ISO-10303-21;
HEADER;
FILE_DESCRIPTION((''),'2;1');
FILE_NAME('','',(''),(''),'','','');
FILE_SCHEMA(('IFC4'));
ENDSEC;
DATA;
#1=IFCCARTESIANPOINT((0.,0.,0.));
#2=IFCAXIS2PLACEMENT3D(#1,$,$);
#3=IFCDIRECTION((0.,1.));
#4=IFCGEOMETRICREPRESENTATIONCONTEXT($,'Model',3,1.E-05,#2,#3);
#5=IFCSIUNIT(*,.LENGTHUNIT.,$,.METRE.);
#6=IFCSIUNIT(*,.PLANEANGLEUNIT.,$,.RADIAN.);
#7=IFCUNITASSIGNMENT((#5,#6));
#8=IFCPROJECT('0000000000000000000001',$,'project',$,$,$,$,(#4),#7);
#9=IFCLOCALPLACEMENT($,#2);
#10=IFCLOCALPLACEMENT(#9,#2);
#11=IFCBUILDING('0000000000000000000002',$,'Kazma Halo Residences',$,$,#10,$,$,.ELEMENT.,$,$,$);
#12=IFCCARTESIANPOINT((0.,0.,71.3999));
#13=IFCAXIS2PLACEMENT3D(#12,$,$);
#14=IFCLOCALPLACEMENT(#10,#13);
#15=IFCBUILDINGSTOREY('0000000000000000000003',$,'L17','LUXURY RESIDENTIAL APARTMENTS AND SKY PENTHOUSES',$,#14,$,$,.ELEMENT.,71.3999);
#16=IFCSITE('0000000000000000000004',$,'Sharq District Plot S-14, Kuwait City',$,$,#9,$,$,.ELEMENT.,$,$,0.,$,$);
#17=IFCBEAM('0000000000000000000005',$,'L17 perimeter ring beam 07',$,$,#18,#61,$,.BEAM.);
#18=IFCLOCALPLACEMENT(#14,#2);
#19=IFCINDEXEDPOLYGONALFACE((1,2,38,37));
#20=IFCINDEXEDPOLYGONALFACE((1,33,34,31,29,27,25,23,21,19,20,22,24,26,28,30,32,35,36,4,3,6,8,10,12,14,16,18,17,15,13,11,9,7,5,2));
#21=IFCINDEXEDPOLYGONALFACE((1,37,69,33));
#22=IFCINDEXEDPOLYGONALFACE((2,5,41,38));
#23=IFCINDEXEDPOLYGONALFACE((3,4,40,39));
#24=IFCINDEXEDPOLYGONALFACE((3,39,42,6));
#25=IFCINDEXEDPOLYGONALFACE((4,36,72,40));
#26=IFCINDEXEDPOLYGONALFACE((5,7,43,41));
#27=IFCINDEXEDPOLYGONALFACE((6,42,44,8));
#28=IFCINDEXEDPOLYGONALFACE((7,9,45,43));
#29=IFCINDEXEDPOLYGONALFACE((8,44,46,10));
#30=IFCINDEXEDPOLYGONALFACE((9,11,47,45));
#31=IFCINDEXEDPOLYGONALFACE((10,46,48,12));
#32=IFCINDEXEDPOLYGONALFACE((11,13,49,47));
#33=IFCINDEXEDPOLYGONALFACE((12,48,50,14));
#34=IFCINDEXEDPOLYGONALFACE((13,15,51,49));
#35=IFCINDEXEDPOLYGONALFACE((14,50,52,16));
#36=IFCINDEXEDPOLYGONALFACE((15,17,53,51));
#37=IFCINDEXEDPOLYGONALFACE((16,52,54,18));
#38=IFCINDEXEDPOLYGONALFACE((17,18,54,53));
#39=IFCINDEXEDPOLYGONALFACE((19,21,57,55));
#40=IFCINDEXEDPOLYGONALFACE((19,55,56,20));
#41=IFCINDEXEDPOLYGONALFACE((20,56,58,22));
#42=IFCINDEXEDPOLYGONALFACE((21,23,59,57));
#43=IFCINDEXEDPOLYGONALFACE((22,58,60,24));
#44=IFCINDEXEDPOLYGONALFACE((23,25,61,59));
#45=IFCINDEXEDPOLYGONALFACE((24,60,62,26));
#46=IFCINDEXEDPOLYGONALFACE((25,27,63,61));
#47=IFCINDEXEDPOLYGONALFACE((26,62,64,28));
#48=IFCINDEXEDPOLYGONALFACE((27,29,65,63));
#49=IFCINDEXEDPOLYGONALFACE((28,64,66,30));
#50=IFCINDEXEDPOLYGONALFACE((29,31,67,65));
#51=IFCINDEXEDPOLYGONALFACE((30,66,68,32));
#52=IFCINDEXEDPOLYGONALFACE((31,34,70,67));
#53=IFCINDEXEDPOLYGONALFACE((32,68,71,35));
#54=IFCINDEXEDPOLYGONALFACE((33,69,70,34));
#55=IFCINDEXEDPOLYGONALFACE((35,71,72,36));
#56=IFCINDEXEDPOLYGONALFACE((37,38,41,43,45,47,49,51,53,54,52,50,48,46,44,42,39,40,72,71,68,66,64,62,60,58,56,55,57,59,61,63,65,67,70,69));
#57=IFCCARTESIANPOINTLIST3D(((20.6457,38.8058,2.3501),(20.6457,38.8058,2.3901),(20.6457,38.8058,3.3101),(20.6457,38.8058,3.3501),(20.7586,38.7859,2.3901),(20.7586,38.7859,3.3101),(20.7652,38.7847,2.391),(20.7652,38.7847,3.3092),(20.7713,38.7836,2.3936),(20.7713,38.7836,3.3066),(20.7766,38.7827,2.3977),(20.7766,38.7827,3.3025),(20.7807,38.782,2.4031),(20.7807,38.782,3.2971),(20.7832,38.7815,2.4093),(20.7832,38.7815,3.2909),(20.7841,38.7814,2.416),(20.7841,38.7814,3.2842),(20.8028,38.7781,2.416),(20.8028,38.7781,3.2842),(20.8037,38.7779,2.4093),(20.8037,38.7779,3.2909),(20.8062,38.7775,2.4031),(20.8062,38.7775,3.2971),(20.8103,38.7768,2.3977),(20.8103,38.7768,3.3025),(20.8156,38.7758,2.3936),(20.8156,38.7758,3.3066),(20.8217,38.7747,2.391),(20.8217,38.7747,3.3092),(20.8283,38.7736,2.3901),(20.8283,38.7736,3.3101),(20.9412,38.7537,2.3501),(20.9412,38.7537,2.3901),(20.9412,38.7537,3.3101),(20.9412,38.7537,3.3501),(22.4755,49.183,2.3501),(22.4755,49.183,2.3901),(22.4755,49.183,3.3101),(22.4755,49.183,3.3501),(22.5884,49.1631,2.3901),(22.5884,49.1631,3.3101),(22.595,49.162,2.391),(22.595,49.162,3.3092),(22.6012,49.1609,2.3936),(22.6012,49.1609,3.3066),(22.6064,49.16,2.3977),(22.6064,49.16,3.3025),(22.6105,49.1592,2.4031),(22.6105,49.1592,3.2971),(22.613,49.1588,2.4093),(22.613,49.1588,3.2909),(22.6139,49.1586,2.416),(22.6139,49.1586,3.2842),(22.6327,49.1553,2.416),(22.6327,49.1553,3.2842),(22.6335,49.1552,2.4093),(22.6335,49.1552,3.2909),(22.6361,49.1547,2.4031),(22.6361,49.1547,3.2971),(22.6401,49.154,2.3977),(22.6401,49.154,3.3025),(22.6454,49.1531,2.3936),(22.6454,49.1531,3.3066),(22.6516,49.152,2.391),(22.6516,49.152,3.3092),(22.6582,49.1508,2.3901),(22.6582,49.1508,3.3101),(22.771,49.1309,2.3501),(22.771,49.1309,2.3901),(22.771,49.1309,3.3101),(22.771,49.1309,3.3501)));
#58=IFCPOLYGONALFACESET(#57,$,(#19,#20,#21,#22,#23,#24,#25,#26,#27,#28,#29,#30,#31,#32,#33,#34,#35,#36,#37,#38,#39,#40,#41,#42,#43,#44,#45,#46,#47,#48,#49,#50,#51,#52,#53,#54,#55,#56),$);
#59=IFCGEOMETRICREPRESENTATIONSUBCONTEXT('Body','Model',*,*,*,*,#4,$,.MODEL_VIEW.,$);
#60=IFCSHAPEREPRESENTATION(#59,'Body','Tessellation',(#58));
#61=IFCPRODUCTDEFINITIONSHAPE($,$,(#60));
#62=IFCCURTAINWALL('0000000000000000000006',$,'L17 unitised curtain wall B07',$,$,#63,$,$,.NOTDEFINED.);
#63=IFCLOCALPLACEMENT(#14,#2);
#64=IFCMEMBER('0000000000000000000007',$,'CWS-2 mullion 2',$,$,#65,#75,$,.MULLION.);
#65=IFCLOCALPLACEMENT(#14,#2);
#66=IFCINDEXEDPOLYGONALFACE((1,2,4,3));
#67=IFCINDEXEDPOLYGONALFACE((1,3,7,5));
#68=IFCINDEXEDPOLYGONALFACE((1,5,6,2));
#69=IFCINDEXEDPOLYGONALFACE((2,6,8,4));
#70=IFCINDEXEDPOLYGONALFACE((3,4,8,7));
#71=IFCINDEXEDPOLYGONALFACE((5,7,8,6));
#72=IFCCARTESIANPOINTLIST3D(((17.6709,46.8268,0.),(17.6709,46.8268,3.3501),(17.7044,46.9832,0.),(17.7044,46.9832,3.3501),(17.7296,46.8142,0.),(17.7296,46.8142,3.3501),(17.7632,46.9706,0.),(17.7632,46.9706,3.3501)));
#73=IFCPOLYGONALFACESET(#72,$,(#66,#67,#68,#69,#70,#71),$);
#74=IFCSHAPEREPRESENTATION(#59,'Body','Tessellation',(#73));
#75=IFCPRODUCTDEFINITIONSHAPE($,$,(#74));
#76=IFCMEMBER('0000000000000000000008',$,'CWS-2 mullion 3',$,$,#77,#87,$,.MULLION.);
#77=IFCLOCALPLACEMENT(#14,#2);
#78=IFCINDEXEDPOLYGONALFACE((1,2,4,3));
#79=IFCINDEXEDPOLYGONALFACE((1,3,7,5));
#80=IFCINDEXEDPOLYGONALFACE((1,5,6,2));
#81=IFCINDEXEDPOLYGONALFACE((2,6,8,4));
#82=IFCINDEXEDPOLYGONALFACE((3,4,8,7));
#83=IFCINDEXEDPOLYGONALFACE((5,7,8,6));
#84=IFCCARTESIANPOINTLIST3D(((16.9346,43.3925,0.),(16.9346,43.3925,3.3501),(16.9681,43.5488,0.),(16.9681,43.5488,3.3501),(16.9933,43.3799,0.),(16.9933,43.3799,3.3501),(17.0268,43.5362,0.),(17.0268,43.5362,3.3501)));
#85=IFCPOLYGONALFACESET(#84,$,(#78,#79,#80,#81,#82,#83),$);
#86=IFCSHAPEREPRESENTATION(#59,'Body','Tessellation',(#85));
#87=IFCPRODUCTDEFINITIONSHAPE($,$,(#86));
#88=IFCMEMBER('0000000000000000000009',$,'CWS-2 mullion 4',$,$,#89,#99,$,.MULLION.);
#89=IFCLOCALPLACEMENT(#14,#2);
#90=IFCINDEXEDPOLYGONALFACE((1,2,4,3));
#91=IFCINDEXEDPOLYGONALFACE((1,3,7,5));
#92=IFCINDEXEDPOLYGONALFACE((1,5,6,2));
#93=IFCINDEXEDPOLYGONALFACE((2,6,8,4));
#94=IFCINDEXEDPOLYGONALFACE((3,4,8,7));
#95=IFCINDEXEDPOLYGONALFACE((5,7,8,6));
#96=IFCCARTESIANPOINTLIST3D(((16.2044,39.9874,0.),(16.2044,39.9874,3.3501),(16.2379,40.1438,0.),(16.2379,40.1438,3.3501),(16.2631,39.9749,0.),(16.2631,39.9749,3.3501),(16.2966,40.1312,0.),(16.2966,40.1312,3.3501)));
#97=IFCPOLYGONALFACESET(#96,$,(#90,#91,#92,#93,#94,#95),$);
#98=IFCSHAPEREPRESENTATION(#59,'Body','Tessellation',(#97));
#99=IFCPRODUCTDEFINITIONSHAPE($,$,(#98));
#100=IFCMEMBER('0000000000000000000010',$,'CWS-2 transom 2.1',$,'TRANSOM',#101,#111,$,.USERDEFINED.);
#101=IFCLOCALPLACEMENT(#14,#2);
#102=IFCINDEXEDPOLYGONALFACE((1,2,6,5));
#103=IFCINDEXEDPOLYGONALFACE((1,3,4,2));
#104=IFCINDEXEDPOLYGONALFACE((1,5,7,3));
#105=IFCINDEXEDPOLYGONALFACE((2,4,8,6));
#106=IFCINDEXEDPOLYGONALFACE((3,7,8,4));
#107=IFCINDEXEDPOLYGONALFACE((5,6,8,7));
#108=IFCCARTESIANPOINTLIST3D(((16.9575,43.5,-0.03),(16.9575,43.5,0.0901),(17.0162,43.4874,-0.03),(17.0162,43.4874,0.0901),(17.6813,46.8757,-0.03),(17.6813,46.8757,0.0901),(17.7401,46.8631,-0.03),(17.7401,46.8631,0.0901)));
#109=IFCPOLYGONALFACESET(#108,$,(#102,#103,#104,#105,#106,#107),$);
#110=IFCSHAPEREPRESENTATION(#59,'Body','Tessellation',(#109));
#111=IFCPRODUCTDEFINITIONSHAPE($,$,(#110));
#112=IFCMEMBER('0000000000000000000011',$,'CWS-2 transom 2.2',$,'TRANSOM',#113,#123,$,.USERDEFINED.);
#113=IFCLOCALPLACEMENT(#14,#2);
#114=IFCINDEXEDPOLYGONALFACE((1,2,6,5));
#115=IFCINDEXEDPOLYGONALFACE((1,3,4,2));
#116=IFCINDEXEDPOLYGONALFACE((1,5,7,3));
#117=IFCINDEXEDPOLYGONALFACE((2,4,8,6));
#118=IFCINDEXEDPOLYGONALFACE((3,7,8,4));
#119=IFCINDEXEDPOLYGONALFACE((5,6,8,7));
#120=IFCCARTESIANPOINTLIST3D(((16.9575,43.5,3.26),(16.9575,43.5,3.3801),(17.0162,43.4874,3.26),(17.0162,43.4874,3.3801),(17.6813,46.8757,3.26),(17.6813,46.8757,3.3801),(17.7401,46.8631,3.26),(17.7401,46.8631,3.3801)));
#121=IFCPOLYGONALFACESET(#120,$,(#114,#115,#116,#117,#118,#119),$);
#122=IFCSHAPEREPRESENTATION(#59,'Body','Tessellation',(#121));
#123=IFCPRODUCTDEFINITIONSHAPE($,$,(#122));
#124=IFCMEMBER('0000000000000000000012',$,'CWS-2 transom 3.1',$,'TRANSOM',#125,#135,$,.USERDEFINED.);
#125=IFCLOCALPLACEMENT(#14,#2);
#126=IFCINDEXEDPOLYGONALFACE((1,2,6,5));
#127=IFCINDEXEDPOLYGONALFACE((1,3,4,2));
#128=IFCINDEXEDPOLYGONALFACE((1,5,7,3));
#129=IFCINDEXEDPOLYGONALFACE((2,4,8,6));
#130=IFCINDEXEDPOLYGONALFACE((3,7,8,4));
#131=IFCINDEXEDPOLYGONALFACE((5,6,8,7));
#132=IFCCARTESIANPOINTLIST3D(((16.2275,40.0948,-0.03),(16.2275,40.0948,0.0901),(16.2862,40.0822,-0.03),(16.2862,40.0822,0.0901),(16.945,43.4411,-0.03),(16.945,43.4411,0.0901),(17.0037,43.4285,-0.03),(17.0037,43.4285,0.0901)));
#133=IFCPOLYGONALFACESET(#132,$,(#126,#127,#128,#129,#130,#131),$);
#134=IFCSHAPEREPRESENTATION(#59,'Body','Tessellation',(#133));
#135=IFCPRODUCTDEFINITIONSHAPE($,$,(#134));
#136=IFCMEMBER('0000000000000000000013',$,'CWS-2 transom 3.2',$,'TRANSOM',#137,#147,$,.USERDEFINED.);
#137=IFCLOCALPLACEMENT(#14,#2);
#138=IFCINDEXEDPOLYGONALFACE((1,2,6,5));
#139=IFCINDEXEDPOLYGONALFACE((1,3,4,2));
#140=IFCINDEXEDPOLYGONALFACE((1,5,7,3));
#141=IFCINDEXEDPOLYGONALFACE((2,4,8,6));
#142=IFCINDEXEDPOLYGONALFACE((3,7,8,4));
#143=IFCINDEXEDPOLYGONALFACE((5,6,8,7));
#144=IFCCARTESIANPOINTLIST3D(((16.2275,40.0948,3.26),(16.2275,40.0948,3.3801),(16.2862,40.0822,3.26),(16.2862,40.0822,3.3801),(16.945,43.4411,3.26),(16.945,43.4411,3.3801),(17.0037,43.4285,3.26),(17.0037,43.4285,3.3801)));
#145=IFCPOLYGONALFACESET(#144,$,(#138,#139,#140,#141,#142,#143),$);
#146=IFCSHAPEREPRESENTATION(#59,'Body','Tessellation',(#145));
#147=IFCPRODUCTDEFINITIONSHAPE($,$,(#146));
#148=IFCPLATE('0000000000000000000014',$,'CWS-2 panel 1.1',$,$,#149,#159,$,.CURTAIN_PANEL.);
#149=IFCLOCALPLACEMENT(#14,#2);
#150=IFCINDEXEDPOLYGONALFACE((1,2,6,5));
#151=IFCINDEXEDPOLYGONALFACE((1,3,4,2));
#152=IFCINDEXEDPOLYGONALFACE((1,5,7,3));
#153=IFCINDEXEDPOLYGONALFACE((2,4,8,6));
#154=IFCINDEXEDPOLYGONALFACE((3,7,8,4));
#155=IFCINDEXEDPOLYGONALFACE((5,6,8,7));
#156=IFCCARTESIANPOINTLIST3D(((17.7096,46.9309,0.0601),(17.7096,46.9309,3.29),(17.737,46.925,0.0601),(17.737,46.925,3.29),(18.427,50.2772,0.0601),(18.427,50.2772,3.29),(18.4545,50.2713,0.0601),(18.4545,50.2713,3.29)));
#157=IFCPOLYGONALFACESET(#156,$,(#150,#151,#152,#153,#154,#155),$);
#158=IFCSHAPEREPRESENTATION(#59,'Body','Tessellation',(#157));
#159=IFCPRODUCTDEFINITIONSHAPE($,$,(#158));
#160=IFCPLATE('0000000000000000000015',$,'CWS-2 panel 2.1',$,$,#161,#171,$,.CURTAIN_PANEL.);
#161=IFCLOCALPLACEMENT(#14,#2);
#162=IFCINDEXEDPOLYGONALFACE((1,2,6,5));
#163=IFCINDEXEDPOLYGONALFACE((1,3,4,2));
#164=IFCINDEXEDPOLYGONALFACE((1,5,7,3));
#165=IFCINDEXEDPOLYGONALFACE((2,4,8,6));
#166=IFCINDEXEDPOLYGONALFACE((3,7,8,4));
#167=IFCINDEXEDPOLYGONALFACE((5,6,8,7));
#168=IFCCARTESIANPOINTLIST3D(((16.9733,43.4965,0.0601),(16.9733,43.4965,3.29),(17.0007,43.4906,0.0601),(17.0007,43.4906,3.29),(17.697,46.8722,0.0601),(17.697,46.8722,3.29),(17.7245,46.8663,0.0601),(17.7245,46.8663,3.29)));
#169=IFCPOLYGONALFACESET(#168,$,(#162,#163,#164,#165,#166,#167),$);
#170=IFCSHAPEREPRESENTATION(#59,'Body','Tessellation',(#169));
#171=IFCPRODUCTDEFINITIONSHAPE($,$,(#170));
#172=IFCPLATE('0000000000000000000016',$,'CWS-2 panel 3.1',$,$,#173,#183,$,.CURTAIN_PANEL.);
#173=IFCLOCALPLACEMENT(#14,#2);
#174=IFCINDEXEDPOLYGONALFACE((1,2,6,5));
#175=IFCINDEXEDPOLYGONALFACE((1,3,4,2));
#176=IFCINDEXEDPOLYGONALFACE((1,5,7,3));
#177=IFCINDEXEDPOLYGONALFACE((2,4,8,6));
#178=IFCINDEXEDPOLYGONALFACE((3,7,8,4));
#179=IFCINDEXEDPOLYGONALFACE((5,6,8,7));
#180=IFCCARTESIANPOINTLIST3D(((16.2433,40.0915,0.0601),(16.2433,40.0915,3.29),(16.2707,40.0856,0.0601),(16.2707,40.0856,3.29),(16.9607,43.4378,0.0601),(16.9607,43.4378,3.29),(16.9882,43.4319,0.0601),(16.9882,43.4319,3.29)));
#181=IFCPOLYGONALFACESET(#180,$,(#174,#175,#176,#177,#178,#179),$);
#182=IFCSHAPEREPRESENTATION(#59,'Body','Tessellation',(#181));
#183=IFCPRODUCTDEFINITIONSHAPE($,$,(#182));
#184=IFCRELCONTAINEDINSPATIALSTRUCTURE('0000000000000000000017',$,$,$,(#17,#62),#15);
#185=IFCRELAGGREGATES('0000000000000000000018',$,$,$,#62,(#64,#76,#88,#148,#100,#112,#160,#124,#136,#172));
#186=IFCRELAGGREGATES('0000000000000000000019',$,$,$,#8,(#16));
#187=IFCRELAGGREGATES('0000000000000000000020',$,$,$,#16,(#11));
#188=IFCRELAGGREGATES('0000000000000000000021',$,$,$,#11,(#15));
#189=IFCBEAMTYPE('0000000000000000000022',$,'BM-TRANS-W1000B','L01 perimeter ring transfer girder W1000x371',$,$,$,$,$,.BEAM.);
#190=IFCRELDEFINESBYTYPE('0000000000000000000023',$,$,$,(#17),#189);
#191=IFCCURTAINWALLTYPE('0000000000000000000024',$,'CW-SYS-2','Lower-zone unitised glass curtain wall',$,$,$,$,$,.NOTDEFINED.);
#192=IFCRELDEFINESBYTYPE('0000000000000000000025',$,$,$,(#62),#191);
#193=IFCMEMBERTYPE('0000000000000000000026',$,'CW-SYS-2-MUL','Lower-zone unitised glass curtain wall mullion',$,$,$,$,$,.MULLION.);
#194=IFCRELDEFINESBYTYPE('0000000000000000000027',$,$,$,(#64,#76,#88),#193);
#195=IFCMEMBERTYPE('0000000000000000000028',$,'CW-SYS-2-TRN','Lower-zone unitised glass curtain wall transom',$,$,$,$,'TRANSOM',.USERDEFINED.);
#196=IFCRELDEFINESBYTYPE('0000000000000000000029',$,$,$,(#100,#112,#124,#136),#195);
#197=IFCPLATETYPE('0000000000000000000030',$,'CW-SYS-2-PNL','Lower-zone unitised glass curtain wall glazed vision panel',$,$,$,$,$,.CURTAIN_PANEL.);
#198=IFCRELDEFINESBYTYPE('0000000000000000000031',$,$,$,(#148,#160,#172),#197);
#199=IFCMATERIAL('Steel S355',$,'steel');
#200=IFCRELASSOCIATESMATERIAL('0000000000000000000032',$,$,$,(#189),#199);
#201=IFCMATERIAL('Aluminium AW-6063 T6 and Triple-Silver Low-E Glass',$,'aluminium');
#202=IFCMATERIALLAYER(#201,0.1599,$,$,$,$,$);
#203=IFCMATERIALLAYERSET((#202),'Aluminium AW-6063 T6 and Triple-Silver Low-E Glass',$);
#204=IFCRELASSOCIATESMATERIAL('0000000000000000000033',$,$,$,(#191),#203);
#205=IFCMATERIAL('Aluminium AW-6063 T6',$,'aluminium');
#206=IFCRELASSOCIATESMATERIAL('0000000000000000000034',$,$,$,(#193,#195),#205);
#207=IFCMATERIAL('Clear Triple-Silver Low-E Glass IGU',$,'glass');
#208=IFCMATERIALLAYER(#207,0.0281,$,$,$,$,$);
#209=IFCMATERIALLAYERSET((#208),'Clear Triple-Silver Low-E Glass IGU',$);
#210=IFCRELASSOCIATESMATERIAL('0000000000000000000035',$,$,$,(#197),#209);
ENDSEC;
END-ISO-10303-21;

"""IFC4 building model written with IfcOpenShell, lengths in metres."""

from ifc_helpers import new_model, si_unit, direction, frame, origin, origin_2d, place, context, subcontext, project, spatial, rectangle, i_section, extrude, material, layer, layer_set, material_profile, profile_set, type_object, element, aggregate, save


model = new_model("IFC4")

# Units and contexts
model_context = context("Model", 3, precision=1e-05, world=origin(), true_north=direction((0.0, 1.0)))
body_context = subcontext(model_context, "Body", "Model", "MODEL_VIEW")
ifc_project = project(units=[si_unit("LENGTHUNIT", "METRE"), si_unit("PLANEANGLEUNIT", "RADIAN")], contexts=[model_context])

# Site, building, storey
site_placement = place(None, origin())
site = spatial("IfcSite", under=ifc_project, at=site_placement, Name="Sharq District Plot S-14, Kuwait City", CompositionType="ELEMENT", RefElevation=0.0)
building_placement = place(site_placement, origin())
building = spatial("IfcBuilding", under=site, at=building_placement, Name="Kazma Halo Residences", CompositionType="ELEMENT")
storey_placement = place(building_placement, frame((0.0, 0.0, 71.3999)))
storey = spatial("IfcBuildingStorey", under=building, at=storey_placement, Name="L17", Description="LUXURY RESIDENTIAL APARTMENTS AND SKY PENTHOUSES", CompositionType="ELEMENT", Elevation=71.3999)

# Beam
ifc_material_1 = material(Name="Steel S355", Category="steel")
ifc_material_profile_1 = material_profile(ifc_material_1, i_section(OverallWidth=0.3, OverallDepth=1.0, WebThickness=0.019, FlangeThickness=0.04, FilletRadius=0.0259, at=origin_2d()), Name="W1000x371")
ifc_profile_set_1 = profile_set([ifc_material_profile_1], Name="Steel S355")
beam_type_1 = type_object("IfcBeamType", Name="BM-TRANS-W1000B", Description="L01 perimeter ring transfer girder W1000x371", PredefinedType="BEAM", material=ifc_profile_set_1)
beam_1_placement = place(storey_placement, frame((22.6233, 49.157, 2.8501), z_axis=(-0.173653, -0.984807, 0.0), x_axis=(0.984807, -0.173653, 0.0)))
element("IfcBeam", 1, at=beam_1_placement, inside=storey, type_object=beam_type_1, Name="L17 perimeter ring beam 07", PredefinedType="BEAM", context=body_context, shape_type="SweptSolid", body=[
    extrude(i_section(OverallWidth=0.3, OverallDepth=1.0, WebThickness=0.019, FlangeThickness=0.04, FilletRadius=0.0259, at=origin_2d()), origin(), (0.0, 0.0, 1.0), 10.5374),
])

# Curtain wall, members, plates
ifc_material_2 = material(Name="Aluminium AW-6063 T6 and Triple-Silver Low-E Glass", Category="aluminium")
ifc_layer_1 = layer(ifc_material_2, 0.1599)
ifc_layer_set_1 = layer_set([ifc_layer_1], Name="Aluminium AW-6063 T6 and Triple-Silver Low-E Glass")
curtain_wall_type = type_object("IfcCurtainWallType", Name="CW-SYS-2", Description="Lower-zone unitised glass curtain wall", PredefinedType="NOTDEFINED", material=ifc_layer_set_1)
curtain_wall_placement = place(storey_placement, origin())
curtain_wall = element("IfcCurtainWall", 2, at=curtain_wall_placement, inside=storey, type_object=curtain_wall_type, Name="L17 unitised curtain wall B07", PredefinedType="NOTDEFINED")
ifc_material_3 = material(Name="Aluminium AW-6063 T6", Category="aluminium")
ifc_material_profile_2 = material_profile(ifc_material_3, rectangle(XDim=0.0601, YDim=0.1599, at=origin_2d()), Name="CWM-60x160")
ifc_profile_set_2 = profile_set([ifc_material_profile_2], Name="Aluminium AW-6063 T6")
member_type_1 = type_object("IfcMemberType", Name="CW-SYS-2-MUL", Description="Lower-zone unitised glass curtain wall mullion", PredefinedType="MULLION", material=ifc_profile_set_2)
member_1_placement = place(storey_placement, frame((17.717, 46.8987, 0.0), z_axis=(0.0, 0.0, 1.0), x_axis=(0.977779, -0.209637, 0.0)))
member_1 = element("IfcMember", 3, at=member_1_placement, type_object=member_type_1, Name="CWS-2 mullion 2", PredefinedType="MULLION", context=body_context, shape_type="SweptSolid", body=[
    extrude(rectangle(XDim=0.0601, YDim=0.1599, at=origin_2d()), origin(), (0.0, 0.0, 1.0), 3.3501),
])
member_2_placement = place(storey_placement, frame((16.9807, 43.4644, 0.0), z_axis=(0.0, 0.0, 1.0), x_axis=(0.977779, -0.209637, 0.0)))
member_2 = element("IfcMember", 4, at=member_2_placement, type_object=member_type_1, Name="CWS-2 mullion 3", PredefinedType="MULLION", context=body_context, shape_type="SweptSolid", body=[
    extrude(rectangle(XDim=0.0601, YDim=0.1599, at=origin_2d()), origin(), (0.0, 0.0, 1.0), 3.3501),
])
member_3_placement = place(storey_placement, frame((16.2505, 40.0593, 0.0), z_axis=(0.0, 0.0, 1.0), x_axis=(0.977779, -0.209637, 0.0)))
member_3 = element("IfcMember", 5, at=member_3_placement, type_object=member_type_1, Name="CWS-2 mullion 4", PredefinedType="MULLION", context=body_context, shape_type="SweptSolid", body=[
    extrude(rectangle(XDim=0.0601, YDim=0.1599, at=origin_2d()), origin(), (0.0, 0.0, 1.0), 3.3501),
])
ifc_material_profile_3 = material_profile(ifc_material_3, rectangle(XDim=0.0601, YDim=0.1201, at=origin_2d()), Name="CWT-60x120")
ifc_profile_set_3 = profile_set([ifc_material_profile_3], Name="Aluminium AW-6063 T6")
member_type_2 = type_object("IfcMemberType", Name="CW-SYS-2-TRN", Description="Lower-zone unitised glass curtain wall transom", ElementType="TRANSOM", PredefinedType="USERDEFINED", material=ifc_profile_set_3)
member_4_placement = place(storey_placement, frame((17.7107, 46.8694, 0.03), z_axis=(-0.209669, -0.977772, 0.0), x_axis=(0.977772, -0.209669, 0.0)))
member_4 = element("IfcMember", 6, at=member_4_placement, type_object=member_type_2, Name="CWS-2 transom 2.1", ObjectType="TRANSOM", PredefinedType="USERDEFINED", context=body_context, shape_type="SweptSolid", body=[
    extrude(rectangle(XDim=0.0601, YDim=0.1201, at=origin_2d()), origin(), (0.0, 0.0, 1.0), 3.4524),
])
member_5_placement = place(storey_placement, frame((17.7107, 46.8694, 3.3201), z_axis=(-0.209669, -0.977772, 0.0), x_axis=(0.977772, -0.209669, 0.0)))
member_5 = element("IfcMember", 7, at=member_5_placement, type_object=member_type_2, Name="CWS-2 transom 2.2", ObjectType="TRANSOM", PredefinedType="USERDEFINED", context=body_context, shape_type="SweptSolid", body=[
    extrude(rectangle(XDim=0.0601, YDim=0.1201, at=origin_2d()), origin(), (0.0, 0.0, 1.0), 3.4524),
])
member_6_placement = place(storey_placement, frame((16.9744, 43.4348, 0.03), z_axis=(-0.209666, -0.977773, 0.0), x_axis=(0.977773, -0.209666, 0.0)))
member_6 = element("IfcMember", 8, at=member_6_placement, type_object=member_type_2, Name="CWS-2 transom 3.1", ObjectType="TRANSOM", PredefinedType="USERDEFINED", context=body_context, shape_type="SweptSolid", body=[
    extrude(rectangle(XDim=0.0601, YDim=0.1201, at=origin_2d()), origin(), (0.0, 0.0, 1.0), 3.4224),
])
member_7_placement = place(storey_placement, frame((16.9744, 43.4348, 3.3201), z_axis=(-0.209666, -0.977773, 0.0), x_axis=(0.977773, -0.209666, 0.0)))
member_7 = element("IfcMember", 9, at=member_7_placement, type_object=member_type_2, Name="CWS-2 transom 3.2", ObjectType="TRANSOM", PredefinedType="USERDEFINED", context=body_context, shape_type="SweptSolid", body=[
    extrude(rectangle(XDim=0.0601, YDim=0.1201, at=origin_2d()), origin(), (0.0, 0.0, 1.0), 3.4224),
])
ifc_material_4 = material(Name="Clear Triple-Silver Low-E Glass IGU", Category="glass")
ifc_layer_2 = layer(ifc_material_4, 0.0281)
ifc_layer_set_2 = layer_set([ifc_layer_2], Name="Clear Triple-Silver Low-E Glass IGU")
plate_type = type_object("IfcPlateType", Name="CW-SYS-2-PNL", Description="Lower-zone unitised glass curtain wall glazed vision panel", PredefinedType="CURTAIN_PANEL", material=ifc_layer_set_2)
plate_1_placement = place(storey_placement, frame((18.082, 48.6011, 0.0601), z_axis=(0.0, 0.0, 1.0), x_axis=(-0.209637, -0.977779, 0.0)))
plate_1 = element("IfcPlate", 10, at=plate_1_placement, type_object=plate_type, Name="CWS-2 panel 1.1", PredefinedType="CURTAIN_PANEL", context=body_context, shape_type="SweptSolid", body=[
    extrude(rectangle(XDim=3.4224, YDim=0.0281, at=origin_2d()), origin(), (0.0, 0.0, 1.0), 3.23),
])
plate_2_placement = place(storey_placement, frame((17.3489, 45.1814, 0.0601), z_axis=(0.0, 0.0, 1.0), x_axis=(-0.209637, -0.977779, 0.0)))
plate_2 = element("IfcPlate", 11, at=plate_2_placement, type_object=plate_type, Name="CWS-2 panel 2.1", PredefinedType="CURTAIN_PANEL", context=body_context, shape_type="SweptSolid", body=[
    extrude(rectangle(XDim=3.4524, YDim=0.0281, at=origin_2d()), origin(), (0.0, 0.0, 1.0), 3.23),
])
plate_3_placement = place(storey_placement, frame((16.6157, 41.7617, 0.0601), z_axis=(0.0, 0.0, 1.0), x_axis=(-0.209637, -0.977779, 0.0)))
plate_3 = element("IfcPlate", 12, at=plate_3_placement, type_object=plate_type, Name="CWS-2 panel 3.1", PredefinedType="CURTAIN_PANEL", context=body_context, shape_type="SweptSolid", body=[
    extrude(rectangle(XDim=3.4224, YDim=0.0281, at=origin_2d()), origin(), (0.0, 0.0, 1.0), 3.23),
])
aggregate(curtain_wall, [member_1, member_2, member_3, plate_1, member_4, member_5, plate_2, member_6, member_7, plate_3])

save(model, "model.ifc")
